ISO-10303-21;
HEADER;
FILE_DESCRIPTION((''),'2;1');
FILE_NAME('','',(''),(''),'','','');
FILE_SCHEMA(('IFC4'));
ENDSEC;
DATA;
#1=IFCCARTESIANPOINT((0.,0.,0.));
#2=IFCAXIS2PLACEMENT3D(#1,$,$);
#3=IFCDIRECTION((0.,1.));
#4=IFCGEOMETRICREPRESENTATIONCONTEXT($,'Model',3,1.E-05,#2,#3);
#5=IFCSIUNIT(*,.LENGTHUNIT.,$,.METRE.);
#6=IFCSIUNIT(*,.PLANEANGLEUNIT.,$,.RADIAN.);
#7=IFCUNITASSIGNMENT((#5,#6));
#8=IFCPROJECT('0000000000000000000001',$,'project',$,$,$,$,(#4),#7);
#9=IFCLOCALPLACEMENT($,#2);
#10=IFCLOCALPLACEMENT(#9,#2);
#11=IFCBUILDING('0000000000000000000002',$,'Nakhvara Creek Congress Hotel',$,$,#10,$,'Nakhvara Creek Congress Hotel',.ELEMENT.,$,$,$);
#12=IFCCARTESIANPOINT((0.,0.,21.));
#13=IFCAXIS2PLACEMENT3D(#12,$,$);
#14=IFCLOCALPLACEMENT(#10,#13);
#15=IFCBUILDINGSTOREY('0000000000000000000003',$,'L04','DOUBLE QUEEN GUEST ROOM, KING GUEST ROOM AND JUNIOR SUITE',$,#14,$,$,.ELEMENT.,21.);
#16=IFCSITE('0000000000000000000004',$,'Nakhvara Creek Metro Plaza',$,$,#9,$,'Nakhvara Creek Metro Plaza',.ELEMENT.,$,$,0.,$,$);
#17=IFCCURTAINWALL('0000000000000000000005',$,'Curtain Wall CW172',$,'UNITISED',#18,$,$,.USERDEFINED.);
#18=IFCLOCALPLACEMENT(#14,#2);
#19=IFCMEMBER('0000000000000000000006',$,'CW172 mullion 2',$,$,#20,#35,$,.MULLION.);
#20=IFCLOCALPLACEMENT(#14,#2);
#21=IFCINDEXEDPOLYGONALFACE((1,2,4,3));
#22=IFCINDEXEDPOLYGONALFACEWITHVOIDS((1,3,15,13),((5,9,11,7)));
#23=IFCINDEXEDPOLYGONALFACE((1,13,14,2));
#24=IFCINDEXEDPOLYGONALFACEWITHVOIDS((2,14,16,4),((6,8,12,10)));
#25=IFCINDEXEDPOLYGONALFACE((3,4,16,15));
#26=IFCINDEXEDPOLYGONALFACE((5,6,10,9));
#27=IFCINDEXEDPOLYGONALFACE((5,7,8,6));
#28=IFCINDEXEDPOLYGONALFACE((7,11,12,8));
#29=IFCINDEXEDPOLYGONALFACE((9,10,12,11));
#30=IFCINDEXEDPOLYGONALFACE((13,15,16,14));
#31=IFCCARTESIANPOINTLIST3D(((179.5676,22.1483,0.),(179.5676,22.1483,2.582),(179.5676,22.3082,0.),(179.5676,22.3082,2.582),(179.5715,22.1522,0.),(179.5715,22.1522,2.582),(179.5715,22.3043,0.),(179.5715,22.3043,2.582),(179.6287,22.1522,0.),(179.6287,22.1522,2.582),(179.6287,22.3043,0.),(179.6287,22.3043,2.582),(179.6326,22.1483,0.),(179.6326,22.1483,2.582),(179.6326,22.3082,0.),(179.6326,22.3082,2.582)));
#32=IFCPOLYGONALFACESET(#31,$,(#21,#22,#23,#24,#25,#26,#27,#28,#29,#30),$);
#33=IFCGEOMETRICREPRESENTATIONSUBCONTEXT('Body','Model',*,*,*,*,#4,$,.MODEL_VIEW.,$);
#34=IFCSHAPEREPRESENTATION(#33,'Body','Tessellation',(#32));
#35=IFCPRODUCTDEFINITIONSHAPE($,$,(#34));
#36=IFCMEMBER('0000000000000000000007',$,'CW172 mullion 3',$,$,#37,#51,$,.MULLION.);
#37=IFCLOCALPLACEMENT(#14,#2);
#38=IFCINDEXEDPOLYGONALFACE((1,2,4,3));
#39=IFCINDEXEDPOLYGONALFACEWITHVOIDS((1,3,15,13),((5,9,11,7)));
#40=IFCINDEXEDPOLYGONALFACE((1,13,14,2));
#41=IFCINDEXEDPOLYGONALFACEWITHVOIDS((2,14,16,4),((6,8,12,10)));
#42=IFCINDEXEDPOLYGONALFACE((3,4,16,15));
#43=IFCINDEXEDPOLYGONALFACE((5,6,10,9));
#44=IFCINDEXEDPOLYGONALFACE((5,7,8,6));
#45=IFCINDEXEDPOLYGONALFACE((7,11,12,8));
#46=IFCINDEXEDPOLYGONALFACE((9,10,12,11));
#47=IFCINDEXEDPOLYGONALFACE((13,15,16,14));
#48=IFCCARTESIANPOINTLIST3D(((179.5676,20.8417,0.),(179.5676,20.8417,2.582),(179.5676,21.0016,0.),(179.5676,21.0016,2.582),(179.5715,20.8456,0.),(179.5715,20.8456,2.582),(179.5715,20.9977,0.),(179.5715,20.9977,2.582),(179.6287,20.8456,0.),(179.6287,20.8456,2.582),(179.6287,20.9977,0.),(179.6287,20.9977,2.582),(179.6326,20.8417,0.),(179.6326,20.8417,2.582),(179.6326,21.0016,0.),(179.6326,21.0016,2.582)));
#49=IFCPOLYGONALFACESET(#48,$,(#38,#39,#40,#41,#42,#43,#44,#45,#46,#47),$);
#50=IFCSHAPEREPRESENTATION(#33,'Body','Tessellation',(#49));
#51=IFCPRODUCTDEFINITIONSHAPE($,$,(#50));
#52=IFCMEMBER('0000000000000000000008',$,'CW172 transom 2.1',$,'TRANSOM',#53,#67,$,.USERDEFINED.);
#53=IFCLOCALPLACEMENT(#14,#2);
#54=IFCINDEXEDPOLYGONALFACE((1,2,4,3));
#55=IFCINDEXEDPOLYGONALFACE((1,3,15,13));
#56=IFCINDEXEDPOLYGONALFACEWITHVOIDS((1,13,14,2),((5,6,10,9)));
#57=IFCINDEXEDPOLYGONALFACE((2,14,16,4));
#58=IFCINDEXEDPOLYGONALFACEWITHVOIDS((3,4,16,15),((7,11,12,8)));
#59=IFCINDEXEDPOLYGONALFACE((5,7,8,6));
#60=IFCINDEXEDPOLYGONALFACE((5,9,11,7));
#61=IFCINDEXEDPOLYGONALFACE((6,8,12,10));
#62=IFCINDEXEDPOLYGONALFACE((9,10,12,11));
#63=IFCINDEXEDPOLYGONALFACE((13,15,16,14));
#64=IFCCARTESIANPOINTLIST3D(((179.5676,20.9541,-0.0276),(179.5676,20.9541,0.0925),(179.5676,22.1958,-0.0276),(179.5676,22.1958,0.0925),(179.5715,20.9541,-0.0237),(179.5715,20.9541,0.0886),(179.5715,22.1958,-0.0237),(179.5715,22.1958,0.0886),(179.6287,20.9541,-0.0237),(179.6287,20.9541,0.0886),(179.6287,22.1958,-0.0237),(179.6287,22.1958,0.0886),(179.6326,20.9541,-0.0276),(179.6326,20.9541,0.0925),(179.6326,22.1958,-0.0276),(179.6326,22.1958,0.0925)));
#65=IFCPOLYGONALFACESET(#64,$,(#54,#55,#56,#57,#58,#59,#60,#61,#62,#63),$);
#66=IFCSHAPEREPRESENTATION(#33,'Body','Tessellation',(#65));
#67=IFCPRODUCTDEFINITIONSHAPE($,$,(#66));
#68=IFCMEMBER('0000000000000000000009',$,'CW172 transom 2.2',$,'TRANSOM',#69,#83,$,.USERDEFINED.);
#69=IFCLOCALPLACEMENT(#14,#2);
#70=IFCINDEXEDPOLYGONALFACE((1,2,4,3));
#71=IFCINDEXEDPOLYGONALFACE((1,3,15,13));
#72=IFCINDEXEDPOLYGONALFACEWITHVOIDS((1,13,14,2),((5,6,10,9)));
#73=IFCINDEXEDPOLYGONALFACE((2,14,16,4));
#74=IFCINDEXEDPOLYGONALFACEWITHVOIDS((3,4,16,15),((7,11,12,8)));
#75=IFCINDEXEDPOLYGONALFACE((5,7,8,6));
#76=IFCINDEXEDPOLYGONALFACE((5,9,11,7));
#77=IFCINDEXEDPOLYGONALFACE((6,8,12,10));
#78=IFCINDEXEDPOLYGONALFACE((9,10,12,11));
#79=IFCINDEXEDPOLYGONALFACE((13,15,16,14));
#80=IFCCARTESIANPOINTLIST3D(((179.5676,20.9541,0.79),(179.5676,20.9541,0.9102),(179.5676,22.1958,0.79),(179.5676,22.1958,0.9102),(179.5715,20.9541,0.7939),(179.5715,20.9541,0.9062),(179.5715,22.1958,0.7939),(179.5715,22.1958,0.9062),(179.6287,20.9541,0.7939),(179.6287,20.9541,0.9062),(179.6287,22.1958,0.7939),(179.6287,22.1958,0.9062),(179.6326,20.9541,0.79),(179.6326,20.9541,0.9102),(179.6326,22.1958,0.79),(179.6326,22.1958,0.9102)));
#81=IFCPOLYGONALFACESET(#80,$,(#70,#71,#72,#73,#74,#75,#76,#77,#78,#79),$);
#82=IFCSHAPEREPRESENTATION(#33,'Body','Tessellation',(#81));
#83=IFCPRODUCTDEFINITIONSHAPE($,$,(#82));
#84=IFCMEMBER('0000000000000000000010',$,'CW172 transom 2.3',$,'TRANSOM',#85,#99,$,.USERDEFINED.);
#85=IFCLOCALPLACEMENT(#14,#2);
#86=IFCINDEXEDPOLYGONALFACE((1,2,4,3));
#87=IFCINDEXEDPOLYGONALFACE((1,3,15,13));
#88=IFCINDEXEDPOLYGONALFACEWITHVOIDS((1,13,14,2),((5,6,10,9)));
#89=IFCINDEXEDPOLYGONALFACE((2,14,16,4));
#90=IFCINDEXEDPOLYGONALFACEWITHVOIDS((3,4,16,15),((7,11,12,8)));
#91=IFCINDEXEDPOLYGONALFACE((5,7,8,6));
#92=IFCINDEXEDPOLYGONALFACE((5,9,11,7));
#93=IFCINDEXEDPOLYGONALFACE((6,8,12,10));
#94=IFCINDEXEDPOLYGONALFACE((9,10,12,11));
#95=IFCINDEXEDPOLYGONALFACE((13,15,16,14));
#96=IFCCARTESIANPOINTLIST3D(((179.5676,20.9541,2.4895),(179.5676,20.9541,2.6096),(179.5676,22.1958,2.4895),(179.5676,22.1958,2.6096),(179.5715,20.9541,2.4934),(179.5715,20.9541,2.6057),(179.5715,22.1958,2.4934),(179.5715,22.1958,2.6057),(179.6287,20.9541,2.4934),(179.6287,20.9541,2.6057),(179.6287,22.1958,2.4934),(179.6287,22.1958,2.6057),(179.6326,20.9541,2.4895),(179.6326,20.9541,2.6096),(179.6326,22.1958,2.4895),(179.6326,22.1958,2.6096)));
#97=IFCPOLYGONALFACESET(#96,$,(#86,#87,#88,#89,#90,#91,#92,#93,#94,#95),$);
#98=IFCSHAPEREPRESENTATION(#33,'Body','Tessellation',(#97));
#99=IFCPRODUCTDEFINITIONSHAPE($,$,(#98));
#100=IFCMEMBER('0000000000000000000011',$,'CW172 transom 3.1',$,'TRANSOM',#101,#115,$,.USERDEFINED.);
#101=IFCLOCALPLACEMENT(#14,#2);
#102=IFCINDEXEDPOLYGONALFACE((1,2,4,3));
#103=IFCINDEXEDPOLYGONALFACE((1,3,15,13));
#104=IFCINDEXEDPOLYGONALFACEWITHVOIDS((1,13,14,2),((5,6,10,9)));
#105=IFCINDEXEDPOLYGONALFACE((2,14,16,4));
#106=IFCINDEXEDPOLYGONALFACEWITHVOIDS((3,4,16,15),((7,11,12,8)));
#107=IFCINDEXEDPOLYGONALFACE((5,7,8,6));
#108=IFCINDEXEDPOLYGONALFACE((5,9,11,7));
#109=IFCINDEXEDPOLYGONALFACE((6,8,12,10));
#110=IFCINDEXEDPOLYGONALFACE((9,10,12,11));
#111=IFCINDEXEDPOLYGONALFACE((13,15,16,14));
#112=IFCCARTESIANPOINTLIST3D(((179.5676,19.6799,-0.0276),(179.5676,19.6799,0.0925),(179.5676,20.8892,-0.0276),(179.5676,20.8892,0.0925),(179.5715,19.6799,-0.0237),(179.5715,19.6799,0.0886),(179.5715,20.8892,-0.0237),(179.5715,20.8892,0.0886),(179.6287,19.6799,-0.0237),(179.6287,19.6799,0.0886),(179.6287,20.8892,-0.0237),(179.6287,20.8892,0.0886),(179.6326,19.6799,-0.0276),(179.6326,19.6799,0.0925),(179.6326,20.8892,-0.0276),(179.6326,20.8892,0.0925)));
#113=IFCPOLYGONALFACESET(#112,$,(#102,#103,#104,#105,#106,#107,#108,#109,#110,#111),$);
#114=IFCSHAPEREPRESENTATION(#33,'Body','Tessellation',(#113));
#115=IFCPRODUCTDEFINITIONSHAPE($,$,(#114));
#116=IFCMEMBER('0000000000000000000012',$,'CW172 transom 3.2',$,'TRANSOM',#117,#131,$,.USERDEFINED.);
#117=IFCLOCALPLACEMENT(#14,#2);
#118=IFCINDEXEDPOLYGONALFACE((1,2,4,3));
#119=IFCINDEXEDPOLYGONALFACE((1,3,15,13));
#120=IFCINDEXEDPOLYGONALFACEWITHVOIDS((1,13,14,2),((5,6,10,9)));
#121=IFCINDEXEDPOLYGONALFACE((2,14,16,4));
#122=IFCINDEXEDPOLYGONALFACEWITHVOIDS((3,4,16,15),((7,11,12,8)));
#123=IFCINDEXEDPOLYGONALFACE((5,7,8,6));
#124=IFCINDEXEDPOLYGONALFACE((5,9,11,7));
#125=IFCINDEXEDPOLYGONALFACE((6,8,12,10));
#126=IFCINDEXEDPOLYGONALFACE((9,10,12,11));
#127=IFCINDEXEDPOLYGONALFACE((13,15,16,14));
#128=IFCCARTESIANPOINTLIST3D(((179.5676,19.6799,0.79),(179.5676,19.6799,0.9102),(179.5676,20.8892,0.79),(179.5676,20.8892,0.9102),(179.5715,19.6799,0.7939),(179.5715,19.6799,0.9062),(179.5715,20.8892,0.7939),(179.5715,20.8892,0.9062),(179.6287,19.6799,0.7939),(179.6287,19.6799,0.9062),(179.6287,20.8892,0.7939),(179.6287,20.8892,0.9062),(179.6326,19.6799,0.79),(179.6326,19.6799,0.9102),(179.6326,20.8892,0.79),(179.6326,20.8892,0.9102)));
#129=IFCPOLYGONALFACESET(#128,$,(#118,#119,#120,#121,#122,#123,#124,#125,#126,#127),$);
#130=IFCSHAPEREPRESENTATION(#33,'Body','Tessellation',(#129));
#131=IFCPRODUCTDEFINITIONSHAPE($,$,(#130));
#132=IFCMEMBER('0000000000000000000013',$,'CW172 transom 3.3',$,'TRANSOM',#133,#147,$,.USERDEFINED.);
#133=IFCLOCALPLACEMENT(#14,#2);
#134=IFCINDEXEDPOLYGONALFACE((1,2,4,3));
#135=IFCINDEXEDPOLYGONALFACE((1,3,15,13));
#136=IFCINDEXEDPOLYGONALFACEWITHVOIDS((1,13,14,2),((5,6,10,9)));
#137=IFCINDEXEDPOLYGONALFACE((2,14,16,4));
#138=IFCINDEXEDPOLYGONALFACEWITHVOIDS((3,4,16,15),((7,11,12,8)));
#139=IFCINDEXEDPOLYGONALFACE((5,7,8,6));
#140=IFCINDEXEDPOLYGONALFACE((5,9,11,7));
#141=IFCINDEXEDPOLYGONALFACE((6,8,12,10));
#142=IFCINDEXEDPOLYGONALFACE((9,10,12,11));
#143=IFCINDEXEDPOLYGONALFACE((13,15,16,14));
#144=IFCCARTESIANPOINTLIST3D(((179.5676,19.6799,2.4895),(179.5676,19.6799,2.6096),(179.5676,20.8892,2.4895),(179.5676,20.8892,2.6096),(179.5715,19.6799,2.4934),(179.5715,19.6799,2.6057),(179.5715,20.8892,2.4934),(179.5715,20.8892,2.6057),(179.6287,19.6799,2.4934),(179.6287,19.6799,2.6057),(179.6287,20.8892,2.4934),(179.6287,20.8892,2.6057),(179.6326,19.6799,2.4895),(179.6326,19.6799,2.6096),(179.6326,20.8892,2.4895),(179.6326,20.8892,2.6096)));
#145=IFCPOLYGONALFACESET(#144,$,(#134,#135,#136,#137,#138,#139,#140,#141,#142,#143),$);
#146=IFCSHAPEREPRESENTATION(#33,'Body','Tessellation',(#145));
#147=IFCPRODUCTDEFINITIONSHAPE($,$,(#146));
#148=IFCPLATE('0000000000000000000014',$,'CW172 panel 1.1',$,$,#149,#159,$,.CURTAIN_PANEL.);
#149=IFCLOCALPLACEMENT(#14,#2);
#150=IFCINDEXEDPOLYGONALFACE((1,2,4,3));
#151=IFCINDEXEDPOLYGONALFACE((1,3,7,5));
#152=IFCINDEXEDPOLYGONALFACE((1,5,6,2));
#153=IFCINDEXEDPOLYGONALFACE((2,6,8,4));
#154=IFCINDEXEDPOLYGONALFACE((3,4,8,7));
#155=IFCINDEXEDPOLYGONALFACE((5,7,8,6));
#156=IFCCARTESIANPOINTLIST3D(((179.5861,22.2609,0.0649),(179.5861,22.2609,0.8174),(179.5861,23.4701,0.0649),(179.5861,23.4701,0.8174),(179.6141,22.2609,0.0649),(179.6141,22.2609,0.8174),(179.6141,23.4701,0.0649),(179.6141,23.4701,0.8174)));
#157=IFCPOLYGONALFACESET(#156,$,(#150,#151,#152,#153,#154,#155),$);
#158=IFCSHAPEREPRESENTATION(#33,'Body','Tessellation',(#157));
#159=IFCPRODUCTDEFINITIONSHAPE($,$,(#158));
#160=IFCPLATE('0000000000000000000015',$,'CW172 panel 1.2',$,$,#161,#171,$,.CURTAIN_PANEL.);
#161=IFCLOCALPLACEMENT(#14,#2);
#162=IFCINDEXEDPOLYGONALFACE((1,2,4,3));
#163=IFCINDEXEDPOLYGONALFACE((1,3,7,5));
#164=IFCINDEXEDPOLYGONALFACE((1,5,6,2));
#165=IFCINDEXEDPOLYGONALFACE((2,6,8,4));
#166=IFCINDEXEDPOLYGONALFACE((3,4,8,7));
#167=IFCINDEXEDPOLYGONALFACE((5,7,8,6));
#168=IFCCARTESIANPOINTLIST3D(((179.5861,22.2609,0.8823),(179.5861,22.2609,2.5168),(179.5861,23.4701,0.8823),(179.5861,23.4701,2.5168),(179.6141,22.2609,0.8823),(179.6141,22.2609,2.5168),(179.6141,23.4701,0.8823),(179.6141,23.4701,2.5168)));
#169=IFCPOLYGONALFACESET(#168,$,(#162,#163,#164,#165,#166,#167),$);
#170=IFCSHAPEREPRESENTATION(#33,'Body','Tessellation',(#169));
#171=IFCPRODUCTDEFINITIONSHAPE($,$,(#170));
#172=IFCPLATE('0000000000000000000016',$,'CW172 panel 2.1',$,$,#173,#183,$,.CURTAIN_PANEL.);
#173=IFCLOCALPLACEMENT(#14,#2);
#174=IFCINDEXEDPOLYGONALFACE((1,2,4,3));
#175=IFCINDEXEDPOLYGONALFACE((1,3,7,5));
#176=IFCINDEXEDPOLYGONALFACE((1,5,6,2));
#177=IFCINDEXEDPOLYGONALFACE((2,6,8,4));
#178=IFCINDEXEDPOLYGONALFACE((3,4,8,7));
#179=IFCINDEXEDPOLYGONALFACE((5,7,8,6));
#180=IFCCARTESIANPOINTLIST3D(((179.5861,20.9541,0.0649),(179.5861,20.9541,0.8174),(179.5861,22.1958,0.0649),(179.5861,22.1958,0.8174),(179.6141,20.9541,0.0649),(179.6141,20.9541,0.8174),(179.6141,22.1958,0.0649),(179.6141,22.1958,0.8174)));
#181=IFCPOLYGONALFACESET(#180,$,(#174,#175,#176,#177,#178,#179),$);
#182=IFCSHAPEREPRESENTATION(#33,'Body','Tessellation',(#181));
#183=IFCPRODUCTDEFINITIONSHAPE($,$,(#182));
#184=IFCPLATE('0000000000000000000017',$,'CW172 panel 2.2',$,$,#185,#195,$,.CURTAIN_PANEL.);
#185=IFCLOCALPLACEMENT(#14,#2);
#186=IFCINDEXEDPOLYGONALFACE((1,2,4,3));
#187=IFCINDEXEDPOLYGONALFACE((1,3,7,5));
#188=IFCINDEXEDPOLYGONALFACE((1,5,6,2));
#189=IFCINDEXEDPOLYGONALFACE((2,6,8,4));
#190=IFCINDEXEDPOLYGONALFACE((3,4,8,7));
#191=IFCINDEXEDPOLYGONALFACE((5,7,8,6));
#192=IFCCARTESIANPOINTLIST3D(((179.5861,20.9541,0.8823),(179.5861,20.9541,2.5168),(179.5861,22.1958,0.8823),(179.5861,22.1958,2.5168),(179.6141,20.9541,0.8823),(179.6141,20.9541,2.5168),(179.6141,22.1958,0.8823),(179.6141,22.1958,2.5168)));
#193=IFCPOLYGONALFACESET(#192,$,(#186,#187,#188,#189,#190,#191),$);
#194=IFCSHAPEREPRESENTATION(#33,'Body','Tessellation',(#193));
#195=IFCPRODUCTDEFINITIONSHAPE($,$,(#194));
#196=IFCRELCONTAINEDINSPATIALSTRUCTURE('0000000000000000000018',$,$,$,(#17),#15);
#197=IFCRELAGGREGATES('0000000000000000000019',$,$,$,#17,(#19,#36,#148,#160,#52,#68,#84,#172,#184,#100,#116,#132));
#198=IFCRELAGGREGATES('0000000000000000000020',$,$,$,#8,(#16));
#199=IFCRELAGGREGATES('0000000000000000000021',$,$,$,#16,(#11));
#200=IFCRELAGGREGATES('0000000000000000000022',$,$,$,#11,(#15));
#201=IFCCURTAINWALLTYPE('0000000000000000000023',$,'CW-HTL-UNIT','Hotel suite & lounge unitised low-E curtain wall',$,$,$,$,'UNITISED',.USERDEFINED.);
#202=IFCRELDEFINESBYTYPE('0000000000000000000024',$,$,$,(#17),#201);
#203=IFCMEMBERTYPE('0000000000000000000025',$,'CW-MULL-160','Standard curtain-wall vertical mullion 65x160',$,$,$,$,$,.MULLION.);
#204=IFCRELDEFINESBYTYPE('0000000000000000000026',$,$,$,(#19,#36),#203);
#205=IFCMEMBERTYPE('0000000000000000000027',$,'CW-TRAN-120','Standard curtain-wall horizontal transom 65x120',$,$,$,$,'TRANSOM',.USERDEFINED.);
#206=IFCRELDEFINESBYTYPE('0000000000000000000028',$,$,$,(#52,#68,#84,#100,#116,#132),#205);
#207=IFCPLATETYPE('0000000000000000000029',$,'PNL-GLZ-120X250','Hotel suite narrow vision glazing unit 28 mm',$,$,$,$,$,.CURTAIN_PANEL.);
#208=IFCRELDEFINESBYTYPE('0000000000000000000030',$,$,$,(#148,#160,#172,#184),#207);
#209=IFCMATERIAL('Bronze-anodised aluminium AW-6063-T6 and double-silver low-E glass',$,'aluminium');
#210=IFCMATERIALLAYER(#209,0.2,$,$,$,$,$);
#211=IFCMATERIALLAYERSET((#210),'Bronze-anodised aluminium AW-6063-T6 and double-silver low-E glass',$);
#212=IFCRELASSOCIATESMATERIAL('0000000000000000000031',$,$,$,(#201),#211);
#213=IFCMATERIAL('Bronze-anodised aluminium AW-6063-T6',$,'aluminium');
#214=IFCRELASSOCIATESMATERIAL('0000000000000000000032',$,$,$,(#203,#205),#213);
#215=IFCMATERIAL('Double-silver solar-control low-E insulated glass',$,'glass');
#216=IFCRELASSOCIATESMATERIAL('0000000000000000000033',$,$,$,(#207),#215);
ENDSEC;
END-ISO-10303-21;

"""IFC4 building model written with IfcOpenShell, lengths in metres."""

from ifc_helpers import new_model, si_unit, direction, frame, origin, origin_2d, place, context, subcontext, project, spatial, rectangle, hollow_rectangle, extrude, material, layer, layer_set, material_profile, profile_set, type_object, element, aggregate, save


model = new_model("IFC4")

# Units and contexts
model_context = context("Model", 3, precision=1e-05, world=origin(), true_north=direction((0.0, 1.0)))
body_context = subcontext(model_context, "Body", "Model", "MODEL_VIEW")
ifc_project = project(units=[si_unit("LENGTHUNIT", "METRE"), si_unit("PLANEANGLEUNIT", "RADIAN")], contexts=[model_context])

# Site, building, storey
site_placement = place(None, origin())
site = spatial("IfcSite", under=ifc_project, at=site_placement, Name="Nakhvara Creek Metro Plaza", LongName="Nakhvara Creek Metro Plaza", CompositionType="ELEMENT", RefElevation=0.0)
building_placement = place(site_placement, origin())
building = spatial("IfcBuilding", under=site, at=building_placement, Name="Nakhvara Creek Congress Hotel", LongName="Nakhvara Creek Congress Hotel", CompositionType="ELEMENT")
storey_placement = place(building_placement, frame((0.0, 0.0, 21.0)))
storey = spatial("IfcBuildingStorey", under=building, at=storey_placement, Name="L04", Description="DOUBLE QUEEN GUEST ROOM, KING GUEST ROOM AND JUNIOR SUITE", CompositionType="ELEMENT", Elevation=21.0)

# Curtain wall, members, plates
ifc_material_1 = material(Name="Bronze-anodised aluminium AW-6063-T6 and double-silver low-E glass", Category="aluminium")
ifc_layer_1 = layer(ifc_material_1, 0.2)
ifc_layer_set_1 = layer_set([ifc_layer_1], Name="Bronze-anodised aluminium AW-6063-T6 and double-silver low-E glass")
curtain_wall_type = type_object("IfcCurtainWallType", Name="CW-HTL-UNIT", Description="Hotel suite & lounge unitised low-E curtain wall", ElementType="UNITISED", PredefinedType="USERDEFINED", material=ifc_layer_set_1)
curtain_wall_placement = place(storey_placement, origin())
curtain_wall = element("IfcCurtainWall", 1, at=curtain_wall_placement, inside=storey, type_object=curtain_wall_type, Name="Curtain Wall CW172", ObjectType="UNITISED", PredefinedType="USERDEFINED")
ifc_material_2 = material(Name="Bronze-anodised aluminium AW-6063-T6", Category="aluminium")
ifc_material_profile_1 = material_profile(ifc_material_2, hollow_rectangle(XDim=0.0649, YDim=0.1599, WallThickness=0.0039, at=origin_2d()), Name="ALU-MULL 65x160x4", Category="LoadBearing")
ifc_profile_set_1 = profile_set([ifc_material_profile_1], Name="Bronze-anodised aluminium AW-6063-T6")
member_type_1 = type_object("IfcMemberType", Name="CW-MULL-160", Description="Standard curtain-wall vertical mullion 65x160", PredefinedType="MULLION", material=ifc_profile_set_1)
member_1_placement = place(storey_placement, frame((179.6001, 22.2283, 0.0), z_axis=(0.0, 0.0, 1.0), x_axis=(1.0, 0.0, 0.0)))
member_1 = element("IfcMember", 2, at=member_1_placement, type_object=member_type_1, Name="CW172 mullion 2", PredefinedType="MULLION", context=body_context, shape_type="SweptSolid", body=[
    extrude(hollow_rectangle(XDim=0.0649, YDim=0.1599, WallThickness=0.0039, at=origin_2d()), origin(), (0.0, 0.0, 1.0), 2.582),
])
member_2_placement = place(storey_placement, frame((179.6001, 20.9216, 0.0), z_axis=(0.0, 0.0, 1.0), x_axis=(1.0, 0.0, 0.0)))
member_2 = element("IfcMember", 3, at=member_2_placement, type_object=member_type_1, Name="CW172 mullion 3", PredefinedType="MULLION", context=body_context, shape_type="SweptSolid", body=[
    extrude(hollow_rectangle(XDim=0.0649, YDim=0.1599, WallThickness=0.0039, at=origin_2d()), origin(), (0.0, 0.0, 1.0), 2.582),
])
ifc_material_profile_2 = material_profile(ifc_material_2, hollow_rectangle(XDim=0.0649, YDim=0.1201, WallThickness=0.0039, at=origin_2d()), Name="ALU-TRAN 65x120x4", Category="LoadBearing")
ifc_profile_set_2 = profile_set([ifc_material_profile_2], Name="Bronze-anodised aluminium AW-6063-T6")
member_type_2 = type_object("IfcMemberType", Name="CW-TRAN-120", Description="Standard curtain-wall horizontal transom 65x120", ElementType="TRANSOM", PredefinedType="USERDEFINED", material=ifc_profile_set_2)
member_3_placement = place(storey_placement, frame((179.6001, 22.1958, 0.0325), z_axis=(0.0, -1.0, 0.0), x_axis=(1.0, 0.0, 0.0)))
member_3 = element("IfcMember", 4, at=member_3_placement, type_object=member_type_2, Name="CW172 transom 2.1", ObjectType="TRANSOM", PredefinedType="USERDEFINED", context=body_context, shape_type="SweptSolid", body=[
    extrude(hollow_rectangle(XDim=0.0649, YDim=0.1201, WallThickness=0.0039, at=origin_2d()), origin(), (0.0, 0.0, 1.0), 1.2417),
])
member_4_placement = place(storey_placement, frame((179.6001, 22.1958, 0.8501), z_axis=(0.0, -1.0, 0.0), x_axis=(1.0, 0.0, 0.0)))
member_4 = element("IfcMember", 5, at=member_4_placement, type_object=member_type_2, Name="CW172 transom 2.2", ObjectType="TRANSOM", PredefinedType="USERDEFINED", context=body_context, shape_type="SweptSolid", body=[
    extrude(hollow_rectangle(XDim=0.0649, YDim=0.1201, WallThickness=0.0039, at=origin_2d()), origin(), (0.0, 0.0, 1.0), 1.2417),
])
member_5_placement = place(storey_placement, frame((179.6001, 22.1958, 2.5496), z_axis=(0.0, -1.0, 0.0), x_axis=(1.0, 0.0, 0.0)))
member_5 = element("IfcMember", 6, at=member_5_placement, type_object=member_type_2, Name="CW172 transom 2.3", ObjectType="TRANSOM", PredefinedType="USERDEFINED", context=body_context, shape_type="SweptSolid", body=[
    extrude(hollow_rectangle(XDim=0.0649, YDim=0.1201, WallThickness=0.0039, at=origin_2d()), origin(), (0.0, 0.0, 1.0), 1.2417),
])
member_6_placement = place(storey_placement, frame((179.6001, 20.8892, 0.0325), z_axis=(0.0, -1.0, 0.0), x_axis=(1.0, 0.0, 0.0)))
member_6 = element("IfcMember", 7, at=member_6_placement, type_object=member_type_2, Name="CW172 transom 3.1", ObjectType="TRANSOM", PredefinedType="USERDEFINED", context=body_context, shape_type="SweptSolid", body=[
    extrude(hollow_rectangle(XDim=0.0649, YDim=0.1201, WallThickness=0.0039, at=origin_2d()), origin(), (0.0, 0.0, 1.0), 1.2092),
])
member_7_placement = place(storey_placement, frame((179.6001, 20.8892, 0.8501), z_axis=(0.0, -1.0, 0.0), x_axis=(1.0, 0.0, 0.0)))
member_7 = element("IfcMember", 8, at=member_7_placement, type_object=member_type_2, Name="CW172 transom 3.2", ObjectType="TRANSOM", PredefinedType="USERDEFINED", context=body_context, shape_type="SweptSolid", body=[
    extrude(hollow_rectangle(XDim=0.0649, YDim=0.1201, WallThickness=0.0039, at=origin_2d()), origin(), (0.0, 0.0, 1.0), 1.2092),
])
member_8_placement = place(storey_placement, frame((179.6001, 20.8892, 2.5496), z_axis=(0.0, -1.0, 0.0), x_axis=(1.0, 0.0, 0.0)))
member_8 = element("IfcMember", 9, at=member_8_placement, type_object=member_type_2, Name="CW172 transom 3.3", ObjectType="TRANSOM", PredefinedType="USERDEFINED", context=body_context, shape_type="SweptSolid", body=[
    extrude(hollow_rectangle(XDim=0.0649, YDim=0.1201, WallThickness=0.0039, at=origin_2d()), origin(), (0.0, 0.0, 1.0), 1.2092),
])
ifc_material_3 = material(Name="Double-silver solar-control low-E insulated glass", Category="glass")
plate_type = type_object("IfcPlateType", Name="PNL-GLZ-120X250", Description="Hotel suite narrow vision glazing unit 28 mm", PredefinedType="CURTAIN_PANEL", material=ifc_material_3)
plate_1_placement = place(storey_placement, frame((179.6001, 22.8655, 0.0649), z_axis=(0.0, 0.0, 1.0), x_axis=(0.0, -1.0, 0.0)))
plate_1 = element("IfcPlate", 10, at=plate_1_placement, type_object=plate_type, Name="CW172 panel 1.1", PredefinedType="CURTAIN_PANEL", context=body_context, shape_type="SweptSolid", body=[
    extrude(rectangle(XDim=1.2092, YDim=0.0281, at=origin_2d()), origin(), (0.0, 0.0, 1.0), 0.7524),
])
plate_2_placement = place(storey_placement, frame((179.6001, 22.8655, 0.8823), z_axis=(0.0, 0.0, 1.0), x_axis=(0.0, -1.0, 0.0)))
plate_2 = element("IfcPlate", 11, at=plate_2_placement, type_object=plate_type, Name="CW172 panel 1.2", PredefinedType="CURTAIN_PANEL", context=body_context, shape_type="SweptSolid", body=[
    extrude(rectangle(XDim=1.2092, YDim=0.0281, at=origin_2d()), origin(), (0.0, 0.0, 1.0), 1.6345),
])
plate_3_placement = place(storey_placement, frame((179.6001, 21.575, 0.0649), z_axis=(0.0, 0.0, 1.0), x_axis=(0.0, -1.0, 0.0)))
plate_3 = element("IfcPlate", 12, at=plate_3_placement, type_object=plate_type, Name="CW172 panel 2.1", PredefinedType="CURTAIN_PANEL", context=body_context, shape_type="SweptSolid", body=[
    extrude(rectangle(XDim=1.2417, YDim=0.0281, at=origin_2d()), origin(), (0.0, 0.0, 1.0), 0.7524),
])
plate_4_placement = place(storey_placement, frame((179.6001, 21.575, 0.8823), z_axis=(0.0, 0.0, 1.0), x_axis=(0.0, -1.0, 0.0)))
plate_4 = element("IfcPlate", 13, at=plate_4_placement, type_object=plate_type, Name="CW172 panel 2.2", PredefinedType="CURTAIN_PANEL", context=body_context, shape_type="SweptSolid", body=[
    extrude(rectangle(XDim=1.2417, YDim=0.0281, at=origin_2d()), origin(), (0.0, 0.0, 1.0), 1.6345),
])
aggregate(curtain_wall, [member_1, member_2, plate_1, plate_2, member_3, member_4, member_5, plate_3, plate_4, member_6, member_7, member_8])

save(model, "model.ifc")
